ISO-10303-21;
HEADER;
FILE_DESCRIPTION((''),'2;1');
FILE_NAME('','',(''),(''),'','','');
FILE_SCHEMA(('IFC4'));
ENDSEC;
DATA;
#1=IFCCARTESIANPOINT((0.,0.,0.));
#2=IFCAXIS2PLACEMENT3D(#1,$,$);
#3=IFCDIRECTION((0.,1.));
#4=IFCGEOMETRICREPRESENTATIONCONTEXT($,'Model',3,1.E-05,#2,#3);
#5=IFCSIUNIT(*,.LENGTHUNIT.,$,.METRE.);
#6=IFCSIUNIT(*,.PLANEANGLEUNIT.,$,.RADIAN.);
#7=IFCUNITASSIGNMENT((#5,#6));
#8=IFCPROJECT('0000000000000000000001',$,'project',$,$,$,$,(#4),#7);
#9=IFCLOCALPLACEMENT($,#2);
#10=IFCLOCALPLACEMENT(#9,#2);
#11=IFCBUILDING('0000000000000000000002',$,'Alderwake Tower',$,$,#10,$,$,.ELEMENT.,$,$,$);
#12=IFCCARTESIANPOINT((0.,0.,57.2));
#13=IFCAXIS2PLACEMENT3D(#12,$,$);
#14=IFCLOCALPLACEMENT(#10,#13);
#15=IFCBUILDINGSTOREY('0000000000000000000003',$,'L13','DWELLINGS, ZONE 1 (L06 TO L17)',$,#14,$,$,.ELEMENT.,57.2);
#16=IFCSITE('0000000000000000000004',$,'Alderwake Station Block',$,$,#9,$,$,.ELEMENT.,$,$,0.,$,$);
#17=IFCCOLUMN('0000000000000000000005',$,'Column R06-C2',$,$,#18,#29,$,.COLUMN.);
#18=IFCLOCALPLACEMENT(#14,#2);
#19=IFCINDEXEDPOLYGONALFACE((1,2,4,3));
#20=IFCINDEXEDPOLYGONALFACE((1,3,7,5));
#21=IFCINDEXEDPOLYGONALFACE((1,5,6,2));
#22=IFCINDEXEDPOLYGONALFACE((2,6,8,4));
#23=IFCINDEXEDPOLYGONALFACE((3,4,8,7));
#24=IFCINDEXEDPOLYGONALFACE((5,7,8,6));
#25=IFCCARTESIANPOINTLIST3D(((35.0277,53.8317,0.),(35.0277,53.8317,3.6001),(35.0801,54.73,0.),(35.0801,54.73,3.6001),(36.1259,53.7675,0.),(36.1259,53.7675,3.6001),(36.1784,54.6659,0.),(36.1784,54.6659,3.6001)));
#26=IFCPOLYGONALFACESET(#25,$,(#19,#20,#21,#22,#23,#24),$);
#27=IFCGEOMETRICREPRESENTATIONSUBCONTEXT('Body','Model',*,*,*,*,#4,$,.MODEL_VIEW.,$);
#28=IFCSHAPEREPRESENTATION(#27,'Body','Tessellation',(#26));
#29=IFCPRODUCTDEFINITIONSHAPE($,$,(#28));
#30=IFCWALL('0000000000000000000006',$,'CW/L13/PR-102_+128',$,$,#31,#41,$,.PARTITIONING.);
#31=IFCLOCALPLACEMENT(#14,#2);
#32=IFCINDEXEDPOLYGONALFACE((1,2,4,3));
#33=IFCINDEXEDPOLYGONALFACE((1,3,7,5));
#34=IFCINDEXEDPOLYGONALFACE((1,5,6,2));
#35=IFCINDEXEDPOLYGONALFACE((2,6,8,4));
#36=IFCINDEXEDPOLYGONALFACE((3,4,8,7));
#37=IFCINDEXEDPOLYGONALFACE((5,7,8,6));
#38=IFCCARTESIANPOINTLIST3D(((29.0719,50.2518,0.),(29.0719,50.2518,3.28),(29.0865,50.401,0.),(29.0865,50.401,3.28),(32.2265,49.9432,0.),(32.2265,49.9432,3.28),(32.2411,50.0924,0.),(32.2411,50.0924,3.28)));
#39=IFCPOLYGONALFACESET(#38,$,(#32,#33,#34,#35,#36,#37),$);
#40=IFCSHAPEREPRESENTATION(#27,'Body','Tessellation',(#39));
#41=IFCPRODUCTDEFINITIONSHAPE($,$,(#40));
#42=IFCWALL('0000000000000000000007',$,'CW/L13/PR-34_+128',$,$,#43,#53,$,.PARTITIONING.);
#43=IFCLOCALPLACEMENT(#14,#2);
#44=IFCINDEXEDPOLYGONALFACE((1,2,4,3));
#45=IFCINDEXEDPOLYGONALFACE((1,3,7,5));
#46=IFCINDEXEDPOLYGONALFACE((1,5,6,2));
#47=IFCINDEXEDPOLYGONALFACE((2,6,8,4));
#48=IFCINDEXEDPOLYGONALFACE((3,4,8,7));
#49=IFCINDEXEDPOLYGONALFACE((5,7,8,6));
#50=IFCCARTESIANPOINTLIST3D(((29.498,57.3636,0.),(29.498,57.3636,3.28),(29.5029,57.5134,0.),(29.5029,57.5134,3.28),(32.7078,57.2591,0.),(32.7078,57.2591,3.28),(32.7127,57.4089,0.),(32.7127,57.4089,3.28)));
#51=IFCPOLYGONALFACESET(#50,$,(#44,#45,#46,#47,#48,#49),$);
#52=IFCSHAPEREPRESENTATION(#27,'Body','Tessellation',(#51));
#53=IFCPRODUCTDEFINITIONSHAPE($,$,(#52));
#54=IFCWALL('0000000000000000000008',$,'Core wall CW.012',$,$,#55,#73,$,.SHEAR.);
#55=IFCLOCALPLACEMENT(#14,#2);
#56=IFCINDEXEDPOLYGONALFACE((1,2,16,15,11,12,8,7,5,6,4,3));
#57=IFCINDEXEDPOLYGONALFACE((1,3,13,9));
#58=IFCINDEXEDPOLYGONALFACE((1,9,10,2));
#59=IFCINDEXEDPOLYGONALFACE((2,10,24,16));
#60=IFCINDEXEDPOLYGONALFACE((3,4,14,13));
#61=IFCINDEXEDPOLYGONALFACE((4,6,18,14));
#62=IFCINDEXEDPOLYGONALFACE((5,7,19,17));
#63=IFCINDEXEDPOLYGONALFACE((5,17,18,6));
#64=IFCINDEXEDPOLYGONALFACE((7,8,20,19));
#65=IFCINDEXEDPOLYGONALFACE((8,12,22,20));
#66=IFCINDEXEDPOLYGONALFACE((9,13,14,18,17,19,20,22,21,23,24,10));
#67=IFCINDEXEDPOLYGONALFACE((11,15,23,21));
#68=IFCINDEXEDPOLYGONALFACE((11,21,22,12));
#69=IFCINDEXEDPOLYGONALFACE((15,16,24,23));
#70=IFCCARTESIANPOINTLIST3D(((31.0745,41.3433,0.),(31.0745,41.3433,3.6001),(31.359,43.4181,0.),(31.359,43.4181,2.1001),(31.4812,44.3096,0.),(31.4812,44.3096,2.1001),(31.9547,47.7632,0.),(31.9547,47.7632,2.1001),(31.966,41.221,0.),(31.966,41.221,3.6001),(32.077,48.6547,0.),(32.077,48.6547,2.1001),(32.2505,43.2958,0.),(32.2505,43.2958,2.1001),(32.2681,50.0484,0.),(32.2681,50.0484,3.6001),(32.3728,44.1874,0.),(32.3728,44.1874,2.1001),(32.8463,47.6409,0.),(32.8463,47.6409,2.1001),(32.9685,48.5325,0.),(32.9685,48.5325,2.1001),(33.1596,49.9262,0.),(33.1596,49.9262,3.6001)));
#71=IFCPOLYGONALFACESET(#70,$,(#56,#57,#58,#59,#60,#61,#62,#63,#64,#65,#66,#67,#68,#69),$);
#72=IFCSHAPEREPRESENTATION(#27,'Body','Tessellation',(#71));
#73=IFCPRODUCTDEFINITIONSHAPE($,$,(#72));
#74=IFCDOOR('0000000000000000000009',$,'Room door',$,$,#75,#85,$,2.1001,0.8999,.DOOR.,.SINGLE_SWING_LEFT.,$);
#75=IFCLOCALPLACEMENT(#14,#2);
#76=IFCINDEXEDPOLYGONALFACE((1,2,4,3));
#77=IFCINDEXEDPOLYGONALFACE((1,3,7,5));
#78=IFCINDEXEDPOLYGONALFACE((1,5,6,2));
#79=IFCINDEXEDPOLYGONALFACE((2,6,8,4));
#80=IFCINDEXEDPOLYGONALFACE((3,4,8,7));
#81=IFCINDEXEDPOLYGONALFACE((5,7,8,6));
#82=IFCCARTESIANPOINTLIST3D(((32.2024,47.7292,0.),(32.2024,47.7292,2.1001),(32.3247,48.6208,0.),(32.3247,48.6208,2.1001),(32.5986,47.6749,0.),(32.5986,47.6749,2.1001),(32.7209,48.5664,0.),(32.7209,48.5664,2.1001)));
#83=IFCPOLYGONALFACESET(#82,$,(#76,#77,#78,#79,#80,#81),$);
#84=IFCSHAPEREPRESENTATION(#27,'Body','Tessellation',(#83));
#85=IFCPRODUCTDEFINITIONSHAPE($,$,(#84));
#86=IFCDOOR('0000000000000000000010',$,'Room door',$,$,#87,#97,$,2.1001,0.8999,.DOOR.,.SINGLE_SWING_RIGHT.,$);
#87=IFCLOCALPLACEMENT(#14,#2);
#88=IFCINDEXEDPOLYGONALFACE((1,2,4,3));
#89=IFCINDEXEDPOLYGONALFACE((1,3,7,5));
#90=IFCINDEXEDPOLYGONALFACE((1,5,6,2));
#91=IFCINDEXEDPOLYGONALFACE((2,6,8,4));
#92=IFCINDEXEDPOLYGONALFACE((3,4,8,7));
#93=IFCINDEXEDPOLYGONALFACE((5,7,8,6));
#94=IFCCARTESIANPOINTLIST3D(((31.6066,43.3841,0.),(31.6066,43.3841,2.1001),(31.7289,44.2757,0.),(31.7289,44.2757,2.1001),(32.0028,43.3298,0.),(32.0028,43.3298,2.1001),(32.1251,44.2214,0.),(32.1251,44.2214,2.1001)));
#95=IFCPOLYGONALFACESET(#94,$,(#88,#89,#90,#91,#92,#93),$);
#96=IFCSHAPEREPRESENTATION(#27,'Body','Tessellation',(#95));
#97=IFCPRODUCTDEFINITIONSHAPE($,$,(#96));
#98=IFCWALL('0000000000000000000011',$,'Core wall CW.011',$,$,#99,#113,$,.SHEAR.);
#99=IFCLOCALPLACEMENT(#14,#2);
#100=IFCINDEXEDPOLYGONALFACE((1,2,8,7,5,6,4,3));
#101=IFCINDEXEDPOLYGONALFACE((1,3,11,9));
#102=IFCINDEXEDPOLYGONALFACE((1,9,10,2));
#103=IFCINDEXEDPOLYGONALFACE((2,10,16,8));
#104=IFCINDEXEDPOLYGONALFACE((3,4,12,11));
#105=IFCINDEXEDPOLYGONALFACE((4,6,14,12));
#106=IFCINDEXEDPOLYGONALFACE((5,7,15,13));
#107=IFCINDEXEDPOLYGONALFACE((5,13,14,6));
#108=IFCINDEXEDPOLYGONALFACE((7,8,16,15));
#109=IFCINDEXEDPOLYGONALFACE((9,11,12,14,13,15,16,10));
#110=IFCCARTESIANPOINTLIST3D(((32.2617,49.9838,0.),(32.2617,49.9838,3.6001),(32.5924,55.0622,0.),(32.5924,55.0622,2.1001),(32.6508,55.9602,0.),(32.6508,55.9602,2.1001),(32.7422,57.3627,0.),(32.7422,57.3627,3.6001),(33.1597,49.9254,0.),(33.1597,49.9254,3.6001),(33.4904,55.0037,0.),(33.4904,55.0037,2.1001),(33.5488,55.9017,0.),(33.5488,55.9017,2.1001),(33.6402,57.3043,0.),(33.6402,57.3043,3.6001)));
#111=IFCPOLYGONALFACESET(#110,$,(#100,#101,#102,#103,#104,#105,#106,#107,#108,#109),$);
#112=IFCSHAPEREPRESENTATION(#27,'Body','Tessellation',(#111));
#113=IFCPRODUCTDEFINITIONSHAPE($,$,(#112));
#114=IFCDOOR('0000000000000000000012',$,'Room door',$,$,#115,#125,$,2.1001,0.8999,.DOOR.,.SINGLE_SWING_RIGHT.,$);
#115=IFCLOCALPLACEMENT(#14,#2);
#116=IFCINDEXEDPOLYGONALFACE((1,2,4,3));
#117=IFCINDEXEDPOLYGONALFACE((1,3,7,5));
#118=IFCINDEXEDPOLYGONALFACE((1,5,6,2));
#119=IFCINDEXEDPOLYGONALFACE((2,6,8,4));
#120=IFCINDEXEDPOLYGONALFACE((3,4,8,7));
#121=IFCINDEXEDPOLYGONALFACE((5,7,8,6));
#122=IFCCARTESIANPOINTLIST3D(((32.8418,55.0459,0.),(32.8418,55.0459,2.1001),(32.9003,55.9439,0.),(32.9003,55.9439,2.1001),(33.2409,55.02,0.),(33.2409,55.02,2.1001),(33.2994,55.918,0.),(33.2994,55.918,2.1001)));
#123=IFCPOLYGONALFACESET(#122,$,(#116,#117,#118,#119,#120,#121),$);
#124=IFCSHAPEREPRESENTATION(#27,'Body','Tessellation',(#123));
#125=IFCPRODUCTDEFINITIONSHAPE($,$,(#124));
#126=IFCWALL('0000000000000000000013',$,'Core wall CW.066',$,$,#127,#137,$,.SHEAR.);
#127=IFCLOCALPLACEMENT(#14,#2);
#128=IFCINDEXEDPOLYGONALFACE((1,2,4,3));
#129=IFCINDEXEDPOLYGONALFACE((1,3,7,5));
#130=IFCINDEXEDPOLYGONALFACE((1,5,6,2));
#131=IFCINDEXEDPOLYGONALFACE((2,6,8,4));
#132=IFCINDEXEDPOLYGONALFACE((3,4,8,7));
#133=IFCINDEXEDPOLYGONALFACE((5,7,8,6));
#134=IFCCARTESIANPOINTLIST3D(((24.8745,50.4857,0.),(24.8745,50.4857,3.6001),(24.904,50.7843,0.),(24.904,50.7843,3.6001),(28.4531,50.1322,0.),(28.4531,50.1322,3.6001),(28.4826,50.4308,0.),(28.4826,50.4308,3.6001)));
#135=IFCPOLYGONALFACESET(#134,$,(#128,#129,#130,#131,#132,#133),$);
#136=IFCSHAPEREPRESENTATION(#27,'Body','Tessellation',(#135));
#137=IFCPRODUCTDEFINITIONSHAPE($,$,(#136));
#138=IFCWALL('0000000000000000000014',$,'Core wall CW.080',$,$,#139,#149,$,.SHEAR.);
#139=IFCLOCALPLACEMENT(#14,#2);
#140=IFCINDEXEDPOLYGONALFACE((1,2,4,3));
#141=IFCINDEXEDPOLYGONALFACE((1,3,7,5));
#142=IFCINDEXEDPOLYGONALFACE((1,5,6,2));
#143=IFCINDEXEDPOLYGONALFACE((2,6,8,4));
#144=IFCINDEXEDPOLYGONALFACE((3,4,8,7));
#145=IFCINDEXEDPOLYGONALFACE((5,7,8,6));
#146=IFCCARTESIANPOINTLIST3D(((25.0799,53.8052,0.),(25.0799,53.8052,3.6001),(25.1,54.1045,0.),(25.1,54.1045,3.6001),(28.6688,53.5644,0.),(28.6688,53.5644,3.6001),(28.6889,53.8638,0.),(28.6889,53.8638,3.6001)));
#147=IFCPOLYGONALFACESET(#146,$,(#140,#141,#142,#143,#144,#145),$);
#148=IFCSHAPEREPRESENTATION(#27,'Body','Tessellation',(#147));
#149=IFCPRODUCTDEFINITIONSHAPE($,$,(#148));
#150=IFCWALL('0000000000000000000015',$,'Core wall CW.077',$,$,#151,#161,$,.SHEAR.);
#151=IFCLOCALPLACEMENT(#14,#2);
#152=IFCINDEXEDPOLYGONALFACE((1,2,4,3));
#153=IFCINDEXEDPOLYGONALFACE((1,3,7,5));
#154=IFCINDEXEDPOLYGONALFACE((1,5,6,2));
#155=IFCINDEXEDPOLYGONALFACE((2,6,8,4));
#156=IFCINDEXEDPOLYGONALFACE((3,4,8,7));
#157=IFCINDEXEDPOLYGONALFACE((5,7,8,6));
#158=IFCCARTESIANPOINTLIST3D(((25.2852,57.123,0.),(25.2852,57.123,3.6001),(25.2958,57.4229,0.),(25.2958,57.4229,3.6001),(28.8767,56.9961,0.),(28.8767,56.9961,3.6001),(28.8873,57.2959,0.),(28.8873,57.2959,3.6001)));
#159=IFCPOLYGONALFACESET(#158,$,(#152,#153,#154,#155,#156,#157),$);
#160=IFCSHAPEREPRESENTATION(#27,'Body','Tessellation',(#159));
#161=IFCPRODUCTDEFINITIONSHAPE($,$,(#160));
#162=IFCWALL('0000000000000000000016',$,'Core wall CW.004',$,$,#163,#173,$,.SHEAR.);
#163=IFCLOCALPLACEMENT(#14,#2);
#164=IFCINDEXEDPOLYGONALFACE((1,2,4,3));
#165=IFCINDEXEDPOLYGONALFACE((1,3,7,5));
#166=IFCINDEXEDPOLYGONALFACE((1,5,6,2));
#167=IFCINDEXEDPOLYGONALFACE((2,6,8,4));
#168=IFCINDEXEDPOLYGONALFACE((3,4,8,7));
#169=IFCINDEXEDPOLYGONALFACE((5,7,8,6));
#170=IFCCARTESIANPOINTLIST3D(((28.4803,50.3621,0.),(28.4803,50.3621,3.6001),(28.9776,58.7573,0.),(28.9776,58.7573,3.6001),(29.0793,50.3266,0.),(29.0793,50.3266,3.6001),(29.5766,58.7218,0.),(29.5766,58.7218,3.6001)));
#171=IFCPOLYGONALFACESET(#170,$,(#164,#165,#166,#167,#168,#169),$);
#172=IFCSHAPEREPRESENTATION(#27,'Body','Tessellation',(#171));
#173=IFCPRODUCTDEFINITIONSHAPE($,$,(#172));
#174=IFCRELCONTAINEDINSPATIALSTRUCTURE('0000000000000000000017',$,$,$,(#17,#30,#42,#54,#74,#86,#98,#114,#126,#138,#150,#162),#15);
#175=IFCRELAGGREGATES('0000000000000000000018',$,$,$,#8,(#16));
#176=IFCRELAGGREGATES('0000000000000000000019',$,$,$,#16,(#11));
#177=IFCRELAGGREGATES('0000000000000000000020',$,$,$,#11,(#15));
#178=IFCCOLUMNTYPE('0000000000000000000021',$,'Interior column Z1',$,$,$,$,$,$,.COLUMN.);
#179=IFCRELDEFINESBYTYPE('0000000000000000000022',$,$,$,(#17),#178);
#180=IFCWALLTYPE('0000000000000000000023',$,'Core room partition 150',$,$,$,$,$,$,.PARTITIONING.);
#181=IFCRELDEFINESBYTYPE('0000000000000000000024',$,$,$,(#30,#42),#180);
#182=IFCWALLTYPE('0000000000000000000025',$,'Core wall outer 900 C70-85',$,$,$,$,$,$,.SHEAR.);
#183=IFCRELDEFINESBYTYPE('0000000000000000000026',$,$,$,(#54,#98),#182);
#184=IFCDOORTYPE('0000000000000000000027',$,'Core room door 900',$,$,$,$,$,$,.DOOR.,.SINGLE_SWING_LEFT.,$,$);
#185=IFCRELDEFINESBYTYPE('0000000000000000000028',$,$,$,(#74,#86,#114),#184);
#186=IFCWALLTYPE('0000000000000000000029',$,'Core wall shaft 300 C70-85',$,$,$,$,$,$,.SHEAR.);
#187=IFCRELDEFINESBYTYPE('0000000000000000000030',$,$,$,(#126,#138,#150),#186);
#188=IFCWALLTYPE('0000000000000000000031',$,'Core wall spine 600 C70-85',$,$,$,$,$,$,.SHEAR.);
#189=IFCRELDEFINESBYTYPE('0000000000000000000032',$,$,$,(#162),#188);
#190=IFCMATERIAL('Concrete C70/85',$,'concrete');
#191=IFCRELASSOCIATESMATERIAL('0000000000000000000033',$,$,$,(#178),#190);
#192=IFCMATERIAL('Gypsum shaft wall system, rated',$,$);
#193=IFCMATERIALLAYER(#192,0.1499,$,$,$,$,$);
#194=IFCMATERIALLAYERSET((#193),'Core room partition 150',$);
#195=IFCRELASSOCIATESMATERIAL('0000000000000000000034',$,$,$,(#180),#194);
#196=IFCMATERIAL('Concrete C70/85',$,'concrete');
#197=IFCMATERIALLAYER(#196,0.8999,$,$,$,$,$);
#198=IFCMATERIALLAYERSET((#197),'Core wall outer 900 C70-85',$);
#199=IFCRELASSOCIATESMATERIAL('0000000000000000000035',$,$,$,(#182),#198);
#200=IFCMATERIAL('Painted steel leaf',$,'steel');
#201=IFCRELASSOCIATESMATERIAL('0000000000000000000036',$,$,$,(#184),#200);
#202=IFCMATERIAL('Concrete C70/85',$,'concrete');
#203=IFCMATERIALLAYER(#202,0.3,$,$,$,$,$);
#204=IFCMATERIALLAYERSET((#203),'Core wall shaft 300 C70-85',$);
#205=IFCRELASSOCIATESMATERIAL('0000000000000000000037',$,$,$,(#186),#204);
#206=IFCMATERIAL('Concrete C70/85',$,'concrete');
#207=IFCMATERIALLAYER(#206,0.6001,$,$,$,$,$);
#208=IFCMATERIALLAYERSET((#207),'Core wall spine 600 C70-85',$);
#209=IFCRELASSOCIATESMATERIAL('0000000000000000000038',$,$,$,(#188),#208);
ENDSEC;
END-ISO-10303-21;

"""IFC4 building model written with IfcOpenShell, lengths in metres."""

from ifc_helpers import new_model, si_unit, direction, frame, frame_2d, origin, origin_2d, place, context, subcontext, project, spatial, rectangle, extrude, material, layer, layer_set, material_profile, profile_set, type_object, element, fill, save


model = new_model("IFC4")

# Units and contexts
model_context = context("Model", 3, precision=1e-05, world=origin(), true_north=direction((0.0, 1.0)))
body_context = subcontext(model_context, "Body", "Model", "MODEL_VIEW")
ifc_project = project(units=[si_unit("LENGTHUNIT", "METRE"), si_unit("PLANEANGLEUNIT", "RADIAN")], contexts=[model_context])

# Site, building, storey
site_placement = place(None, origin())
site = spatial("IfcSite", under=ifc_project, at=site_placement, Name="Alderwake Station Block", CompositionType="ELEMENT", RefElevation=0.0)
building_placement = place(site_placement, origin())
building = spatial("IfcBuilding", under=site, at=building_placement, Name="Alderwake Tower", CompositionType="ELEMENT")
storey_placement = place(building_placement, frame((0.0, 0.0, 57.2)))
storey = spatial("IfcBuildingStorey", under=building, at=storey_placement, Name="L13", Description="DWELLINGS, ZONE 1 (L06 TO L17)", CompositionType="ELEMENT", Elevation=57.2)

# Column
ifc_material_1 = material(Name="Concrete C70/85", Category="concrete")
ifc_material_profile = material_profile(ifc_material_1, rectangle(XDim=0.8999, YDim=1.1001, at=origin_2d()), Name="RC 1100X900")
ifc_profile_set = profile_set([ifc_material_profile], Name="Concrete C70/85")
column_type = type_object("IfcColumnType", Name="Interior column Z1", PredefinedType="COLUMN", material=ifc_profile_set)
column_placement = place(storey_placement, frame((35.603, 54.2488, 0.0), z_axis=(0.0, 0.0, 1.0), x_axis=(0.058301, 0.998299, 0.0)))
element("IfcColumn", 1, at=column_placement, inside=storey, type_object=column_type, Name="Column R06-C2", PredefinedType="COLUMN", context=body_context, shape_type="SweptSolid", body=[
    extrude(rectangle(XDim=0.8999, YDim=1.1001, at=origin_2d()), origin(), (0.0, 0.0, 1.0), 3.6001),
])

# Walls
ifc_material_2 = material(Name="Gypsum shaft wall system, rated")
ifc_layer_1 = layer(ifc_material_2, 0.1499)
ifc_layer_set_1 = layer_set([ifc_layer_1], Name="Core room partition 150")
wall_type_1 = type_object("IfcWallType", Name="Core room partition 150", PredefinedType="PARTITIONING", material=ifc_layer_set_1)
wall_1_placement = place(storey_placement, frame((29.0791, 50.3264, 0.0), z_axis=(0.0, 0.0, 1.0), x_axis=(0.995249, -0.09736, 0.0)))
element("IfcWall", 2, at=wall_1_placement, inside=storey, type_object=wall_type_1, Name="CW/L13/PR-102_+128", PredefinedType="PARTITIONING", context=body_context, shape_type="SweptSolid", body=[
    extrude(rectangle(XDim=3.1697, YDim=0.1499, at=frame_2d((1.585, 0.0))), origin(), (0.0, 0.0, 1.0), 3.28),
])
wall_2_placement = place(storey_placement, frame((29.5005, 57.4385, 0.0), z_axis=(0.0, 0.0, 1.0), x_axis=(0.999471, -0.032538, 0.0)))
element("IfcWall", 3, at=wall_2_placement, inside=storey, type_object=wall_type_1, Name="CW/L13/PR-34_+128", PredefinedType="PARTITIONING", context=body_context, shape_type="SweptSolid", body=[
    extrude(rectangle(XDim=3.2114, YDim=0.1499, at=frame_2d((1.6057, 0.0))), origin(), (0.0, 0.0, 1.0), 3.28),
])

# Wall, openings, doors
ifc_material_3 = material(Name="Concrete C70/85", Category="concrete")
ifc_layer_2 = layer(ifc_material_3, 0.8999)
ifc_layer_set_2 = layer_set([ifc_layer_2], Name="Core wall outer 900 C70-85")
wall_type_2 = type_object("IfcWallType", Name="Core wall outer 900 C70-85", PredefinedType="SHEAR", material=ifc_layer_set_2)
wall_3_placement = place(storey_placement, frame((32.7139, 49.9873, 0.0), z_axis=(0.0, 0.0, 1.0), x_axis=(-0.135845, -0.99073, 0.0)))
wall_3 = element("IfcWall", 4, at=wall_3_placement, inside=storey, type_object=wall_type_2, Name="Core wall CW.012", PredefinedType="SHEAR", context=body_context, shape_type="SweptSolid", body=[
    extrude(rectangle(XDim=8.7866, YDim=0.8999, at=frame_2d((4.3933, 0.0))), origin(), (0.0, 0.0, 1.0), 3.6001),
])
opening_1_placement = place(wall_3_placement, frame((1.4067, 0.0, 0.0)))
opening_1 = element("IfcOpeningElement", 5, at=opening_1_placement, cuts=wall_3, PredefinedType="OPENING", context=body_context, shape_type="SweptSolid", body=[
    extrude(rectangle(XDim=0.8999, YDim=2.1001, at=frame_2d((0.45, 1.05))), frame((0.0, 0.46, 0.0), z_axis=(0.0, -1.0, 0.0), x_axis=(1.0, 0.0, 0.0)), (0.0, 0.0, 1.0), 0.9199),
])
opening_2_placement = place(wall_3_placement, frame((5.7925, 0.0, 0.0)))
opening_2 = element("IfcOpeningElement", 6, at=opening_2_placement, cuts=wall_3, PredefinedType="OPENING", context=body_context, shape_type="SweptSolid", body=[
    extrude(rectangle(XDim=0.8999, YDim=2.1001, at=frame_2d((0.45, 1.05))), frame((0.0, 0.46, 0.0), z_axis=(0.0, -1.0, 0.0), x_axis=(1.0, 0.0, 0.0)), (0.0, 0.0, 1.0), 0.9199),
])
ifc_material_4 = material(Name="Painted steel leaf", Category="steel")
door_type_1 = type_object("IfcDoorType", Name="Core room door 900", OperationType="SINGLE_SWING_LEFT", PredefinedType="DOOR", material=ifc_material_4)
door_1_placement = place(opening_1_placement, origin())
door_1 = element("IfcDoor", 7, at=door_1_placement, inside=storey, type_object=door_type_1, Name="Room door", OperationType="SINGLE_SWING_LEFT", OverallHeight=2.1001, OverallWidth=0.8999, PredefinedType="DOOR", context=body_context, shape_type="SweptSolid", body=[
    extrude(rectangle(XDim=0.8999, YDim=2.1001, at=frame_2d((0.45, 1.05))), frame((0.0, 0.2, 0.0), z_axis=(0.0, -1.0, 0.0), x_axis=(1.0, 0.0, 0.0)), (0.0, 0.0, 1.0), 0.3999),
])
fill(opening_1, door_1)
door_2_placement = place(opening_2_placement, origin())
door_2 = element("IfcDoor", 8, at=door_2_placement, inside=storey, type_object=door_type_1, Name="Room door", OperationType="SINGLE_SWING_RIGHT", OverallHeight=2.1001, OverallWidth=0.8999, PredefinedType="DOOR", context=body_context, shape_type="SweptSolid", body=[
    extrude(rectangle(XDim=0.8999, YDim=2.1001, at=frame_2d((0.45, 1.05))), frame((0.0, 0.2, 0.0), z_axis=(0.0, -1.0, 0.0), x_axis=(1.0, 0.0, 0.0)), (0.0, 0.0, 1.0), 0.3999),
])
fill(opening_2, door_2)

# Wall, opening, door
wall_4_placement = place(storey_placement, frame((33.1912, 57.3335, 0.0), z_axis=(0.0, 0.0, 1.0), x_axis=(-0.064976, -0.997887, 0.0)))
wall_4 = element("IfcWall", 9, at=wall_4_placement, inside=storey, type_object=wall_type_2, Name="Core wall CW.011", PredefinedType="SHEAR", context=body_context, shape_type="SweptSolid", body=[
    extrude(rectangle(XDim=7.3945, YDim=0.8999, at=frame_2d((3.6973, 0.0))), origin(), (0.0, 0.0, 1.0), 3.6001),
])
opening_3_placement = place(wall_4_placement, frame((1.4055, 0.0, 0.0)))
opening_3 = element("IfcOpeningElement", 10, at=opening_3_placement, cuts=wall_4, PredefinedType="OPENING", context=body_context, shape_type="SweptSolid", body=[
    extrude(rectangle(XDim=0.8999, YDim=2.1001, at=frame_2d((0.45, 1.05))), frame((0.0, 0.46, 0.0), z_axis=(0.0, -1.0, 0.0), x_axis=(1.0, 0.0, 0.0)), (0.0, 0.0, 1.0), 0.9199),
])
door_3_placement = place(opening_3_placement, origin())
door_3 = element("IfcDoor", 11, at=door_3_placement, inside=storey, type_object=door_type_1, Name="Room door", OperationType="SINGLE_SWING_RIGHT", OverallHeight=2.1001, OverallWidth=0.8999, PredefinedType="DOOR", context=body_context, shape_type="SweptSolid", body=[
    extrude(rectangle(XDim=0.8999, YDim=2.1001, at=frame_2d((0.45, 1.05))), frame((0.0, 0.2, 0.0), z_axis=(0.0, -1.0, 0.0), x_axis=(1.0, 0.0, 0.0)), (0.0, 0.0, 1.0), 0.3999),
])
fill(opening_3, door_3)

# Walls
ifc_material_5 = material(Name="Concrete C70/85", Category="concrete")
ifc_layer_3 = layer(ifc_material_5, 0.3)
ifc_layer_set_3 = layer_set([ifc_layer_3], Name="Core wall shaft 300 C70-85")
wall_type_3 = type_object("IfcWallType", Name="Core wall shaft 300 C70-85", PredefinedType="SHEAR", material=ifc_layer_set_3)
wall_5_placement = place(storey_placement, frame((24.8894, 50.635, 0.0), z_axis=(0.0, 0.0, 1.0), x_axis=(0.995156, -0.098307, 0.0)))
element("IfcWall", 12, at=wall_5_placement, inside=storey, type_object=wall_type_3, Name="Core wall CW.066", PredefinedType="SHEAR", context=body_context, shape_type="SweptSolid", body=[
    extrude(rectangle(XDim=3.5959, YDim=0.3, at=frame_2d((1.7979, 0.0))), origin(), (0.0, 0.0, 1.0), 3.6001),
])
wall_6_placement = place(storey_placement, frame((25.0901, 53.9548, 0.0), z_axis=(0.0, 0.0, 1.0), x_axis=(0.997758, -0.066924, 0.0)))
element("IfcWall", 13, at=wall_6_placement, inside=storey, type_object=wall_type_3, Name="Core wall CW.080", PredefinedType="SHEAR", context=body_context, shape_type="SweptSolid", body=[
    extrude(rectangle(XDim=3.5969, YDim=0.3, at=frame_2d((1.7983, 0.0))), origin(), (0.0, 0.0, 1.0), 3.6001),
])
wall_7_placement = place(storey_placement, frame((25.2905, 57.2729, 0.0), z_axis=(0.0, 0.0, 1.0), x_axis=(0.999376, -0.035326, 0.0)))
element("IfcWall", 14, at=wall_7_placement, inside=storey, type_object=wall_type_3, Name="Core wall CW.077", PredefinedType="SHEAR", context=body_context, shape_type="SweptSolid", body=[
    extrude(rectangle(XDim=3.5938, YDim=0.3, at=frame_2d((1.7969, 0.0))), origin(), (0.0, 0.0, 1.0), 3.6001),
])
ifc_material_6 = material(Name="Concrete C70/85", Category="concrete")
ifc_layer_4 = layer(ifc_material_6, 0.6001)
ifc_layer_set_4 = layer_set([ifc_layer_4], Name="Core wall spine 600 C70-85")
wall_type_4 = type_object("IfcWallType", Name="Core wall spine 600 C70-85", PredefinedType="SHEAR", material=ifc_layer_set_4)
wall_8_placement = place(storey_placement, frame((28.7798, 50.3442, 0.0), z_axis=(0.0, 0.0, 1.0), x_axis=(0.059134, 0.99825, 0.0)))
element("IfcWall", 15, at=wall_8_placement, inside=storey, type_object=wall_type_4, Name="Core wall CW.004", PredefinedType="SHEAR", context=body_context, shape_type="SweptSolid", body=[
    extrude(rectangle(XDim=8.4099, YDim=0.6001, at=frame_2d((4.2051, 0.0))), origin(), (0.0, 0.0, 1.0), 3.6001),
])

save(model, "model.ifc")
